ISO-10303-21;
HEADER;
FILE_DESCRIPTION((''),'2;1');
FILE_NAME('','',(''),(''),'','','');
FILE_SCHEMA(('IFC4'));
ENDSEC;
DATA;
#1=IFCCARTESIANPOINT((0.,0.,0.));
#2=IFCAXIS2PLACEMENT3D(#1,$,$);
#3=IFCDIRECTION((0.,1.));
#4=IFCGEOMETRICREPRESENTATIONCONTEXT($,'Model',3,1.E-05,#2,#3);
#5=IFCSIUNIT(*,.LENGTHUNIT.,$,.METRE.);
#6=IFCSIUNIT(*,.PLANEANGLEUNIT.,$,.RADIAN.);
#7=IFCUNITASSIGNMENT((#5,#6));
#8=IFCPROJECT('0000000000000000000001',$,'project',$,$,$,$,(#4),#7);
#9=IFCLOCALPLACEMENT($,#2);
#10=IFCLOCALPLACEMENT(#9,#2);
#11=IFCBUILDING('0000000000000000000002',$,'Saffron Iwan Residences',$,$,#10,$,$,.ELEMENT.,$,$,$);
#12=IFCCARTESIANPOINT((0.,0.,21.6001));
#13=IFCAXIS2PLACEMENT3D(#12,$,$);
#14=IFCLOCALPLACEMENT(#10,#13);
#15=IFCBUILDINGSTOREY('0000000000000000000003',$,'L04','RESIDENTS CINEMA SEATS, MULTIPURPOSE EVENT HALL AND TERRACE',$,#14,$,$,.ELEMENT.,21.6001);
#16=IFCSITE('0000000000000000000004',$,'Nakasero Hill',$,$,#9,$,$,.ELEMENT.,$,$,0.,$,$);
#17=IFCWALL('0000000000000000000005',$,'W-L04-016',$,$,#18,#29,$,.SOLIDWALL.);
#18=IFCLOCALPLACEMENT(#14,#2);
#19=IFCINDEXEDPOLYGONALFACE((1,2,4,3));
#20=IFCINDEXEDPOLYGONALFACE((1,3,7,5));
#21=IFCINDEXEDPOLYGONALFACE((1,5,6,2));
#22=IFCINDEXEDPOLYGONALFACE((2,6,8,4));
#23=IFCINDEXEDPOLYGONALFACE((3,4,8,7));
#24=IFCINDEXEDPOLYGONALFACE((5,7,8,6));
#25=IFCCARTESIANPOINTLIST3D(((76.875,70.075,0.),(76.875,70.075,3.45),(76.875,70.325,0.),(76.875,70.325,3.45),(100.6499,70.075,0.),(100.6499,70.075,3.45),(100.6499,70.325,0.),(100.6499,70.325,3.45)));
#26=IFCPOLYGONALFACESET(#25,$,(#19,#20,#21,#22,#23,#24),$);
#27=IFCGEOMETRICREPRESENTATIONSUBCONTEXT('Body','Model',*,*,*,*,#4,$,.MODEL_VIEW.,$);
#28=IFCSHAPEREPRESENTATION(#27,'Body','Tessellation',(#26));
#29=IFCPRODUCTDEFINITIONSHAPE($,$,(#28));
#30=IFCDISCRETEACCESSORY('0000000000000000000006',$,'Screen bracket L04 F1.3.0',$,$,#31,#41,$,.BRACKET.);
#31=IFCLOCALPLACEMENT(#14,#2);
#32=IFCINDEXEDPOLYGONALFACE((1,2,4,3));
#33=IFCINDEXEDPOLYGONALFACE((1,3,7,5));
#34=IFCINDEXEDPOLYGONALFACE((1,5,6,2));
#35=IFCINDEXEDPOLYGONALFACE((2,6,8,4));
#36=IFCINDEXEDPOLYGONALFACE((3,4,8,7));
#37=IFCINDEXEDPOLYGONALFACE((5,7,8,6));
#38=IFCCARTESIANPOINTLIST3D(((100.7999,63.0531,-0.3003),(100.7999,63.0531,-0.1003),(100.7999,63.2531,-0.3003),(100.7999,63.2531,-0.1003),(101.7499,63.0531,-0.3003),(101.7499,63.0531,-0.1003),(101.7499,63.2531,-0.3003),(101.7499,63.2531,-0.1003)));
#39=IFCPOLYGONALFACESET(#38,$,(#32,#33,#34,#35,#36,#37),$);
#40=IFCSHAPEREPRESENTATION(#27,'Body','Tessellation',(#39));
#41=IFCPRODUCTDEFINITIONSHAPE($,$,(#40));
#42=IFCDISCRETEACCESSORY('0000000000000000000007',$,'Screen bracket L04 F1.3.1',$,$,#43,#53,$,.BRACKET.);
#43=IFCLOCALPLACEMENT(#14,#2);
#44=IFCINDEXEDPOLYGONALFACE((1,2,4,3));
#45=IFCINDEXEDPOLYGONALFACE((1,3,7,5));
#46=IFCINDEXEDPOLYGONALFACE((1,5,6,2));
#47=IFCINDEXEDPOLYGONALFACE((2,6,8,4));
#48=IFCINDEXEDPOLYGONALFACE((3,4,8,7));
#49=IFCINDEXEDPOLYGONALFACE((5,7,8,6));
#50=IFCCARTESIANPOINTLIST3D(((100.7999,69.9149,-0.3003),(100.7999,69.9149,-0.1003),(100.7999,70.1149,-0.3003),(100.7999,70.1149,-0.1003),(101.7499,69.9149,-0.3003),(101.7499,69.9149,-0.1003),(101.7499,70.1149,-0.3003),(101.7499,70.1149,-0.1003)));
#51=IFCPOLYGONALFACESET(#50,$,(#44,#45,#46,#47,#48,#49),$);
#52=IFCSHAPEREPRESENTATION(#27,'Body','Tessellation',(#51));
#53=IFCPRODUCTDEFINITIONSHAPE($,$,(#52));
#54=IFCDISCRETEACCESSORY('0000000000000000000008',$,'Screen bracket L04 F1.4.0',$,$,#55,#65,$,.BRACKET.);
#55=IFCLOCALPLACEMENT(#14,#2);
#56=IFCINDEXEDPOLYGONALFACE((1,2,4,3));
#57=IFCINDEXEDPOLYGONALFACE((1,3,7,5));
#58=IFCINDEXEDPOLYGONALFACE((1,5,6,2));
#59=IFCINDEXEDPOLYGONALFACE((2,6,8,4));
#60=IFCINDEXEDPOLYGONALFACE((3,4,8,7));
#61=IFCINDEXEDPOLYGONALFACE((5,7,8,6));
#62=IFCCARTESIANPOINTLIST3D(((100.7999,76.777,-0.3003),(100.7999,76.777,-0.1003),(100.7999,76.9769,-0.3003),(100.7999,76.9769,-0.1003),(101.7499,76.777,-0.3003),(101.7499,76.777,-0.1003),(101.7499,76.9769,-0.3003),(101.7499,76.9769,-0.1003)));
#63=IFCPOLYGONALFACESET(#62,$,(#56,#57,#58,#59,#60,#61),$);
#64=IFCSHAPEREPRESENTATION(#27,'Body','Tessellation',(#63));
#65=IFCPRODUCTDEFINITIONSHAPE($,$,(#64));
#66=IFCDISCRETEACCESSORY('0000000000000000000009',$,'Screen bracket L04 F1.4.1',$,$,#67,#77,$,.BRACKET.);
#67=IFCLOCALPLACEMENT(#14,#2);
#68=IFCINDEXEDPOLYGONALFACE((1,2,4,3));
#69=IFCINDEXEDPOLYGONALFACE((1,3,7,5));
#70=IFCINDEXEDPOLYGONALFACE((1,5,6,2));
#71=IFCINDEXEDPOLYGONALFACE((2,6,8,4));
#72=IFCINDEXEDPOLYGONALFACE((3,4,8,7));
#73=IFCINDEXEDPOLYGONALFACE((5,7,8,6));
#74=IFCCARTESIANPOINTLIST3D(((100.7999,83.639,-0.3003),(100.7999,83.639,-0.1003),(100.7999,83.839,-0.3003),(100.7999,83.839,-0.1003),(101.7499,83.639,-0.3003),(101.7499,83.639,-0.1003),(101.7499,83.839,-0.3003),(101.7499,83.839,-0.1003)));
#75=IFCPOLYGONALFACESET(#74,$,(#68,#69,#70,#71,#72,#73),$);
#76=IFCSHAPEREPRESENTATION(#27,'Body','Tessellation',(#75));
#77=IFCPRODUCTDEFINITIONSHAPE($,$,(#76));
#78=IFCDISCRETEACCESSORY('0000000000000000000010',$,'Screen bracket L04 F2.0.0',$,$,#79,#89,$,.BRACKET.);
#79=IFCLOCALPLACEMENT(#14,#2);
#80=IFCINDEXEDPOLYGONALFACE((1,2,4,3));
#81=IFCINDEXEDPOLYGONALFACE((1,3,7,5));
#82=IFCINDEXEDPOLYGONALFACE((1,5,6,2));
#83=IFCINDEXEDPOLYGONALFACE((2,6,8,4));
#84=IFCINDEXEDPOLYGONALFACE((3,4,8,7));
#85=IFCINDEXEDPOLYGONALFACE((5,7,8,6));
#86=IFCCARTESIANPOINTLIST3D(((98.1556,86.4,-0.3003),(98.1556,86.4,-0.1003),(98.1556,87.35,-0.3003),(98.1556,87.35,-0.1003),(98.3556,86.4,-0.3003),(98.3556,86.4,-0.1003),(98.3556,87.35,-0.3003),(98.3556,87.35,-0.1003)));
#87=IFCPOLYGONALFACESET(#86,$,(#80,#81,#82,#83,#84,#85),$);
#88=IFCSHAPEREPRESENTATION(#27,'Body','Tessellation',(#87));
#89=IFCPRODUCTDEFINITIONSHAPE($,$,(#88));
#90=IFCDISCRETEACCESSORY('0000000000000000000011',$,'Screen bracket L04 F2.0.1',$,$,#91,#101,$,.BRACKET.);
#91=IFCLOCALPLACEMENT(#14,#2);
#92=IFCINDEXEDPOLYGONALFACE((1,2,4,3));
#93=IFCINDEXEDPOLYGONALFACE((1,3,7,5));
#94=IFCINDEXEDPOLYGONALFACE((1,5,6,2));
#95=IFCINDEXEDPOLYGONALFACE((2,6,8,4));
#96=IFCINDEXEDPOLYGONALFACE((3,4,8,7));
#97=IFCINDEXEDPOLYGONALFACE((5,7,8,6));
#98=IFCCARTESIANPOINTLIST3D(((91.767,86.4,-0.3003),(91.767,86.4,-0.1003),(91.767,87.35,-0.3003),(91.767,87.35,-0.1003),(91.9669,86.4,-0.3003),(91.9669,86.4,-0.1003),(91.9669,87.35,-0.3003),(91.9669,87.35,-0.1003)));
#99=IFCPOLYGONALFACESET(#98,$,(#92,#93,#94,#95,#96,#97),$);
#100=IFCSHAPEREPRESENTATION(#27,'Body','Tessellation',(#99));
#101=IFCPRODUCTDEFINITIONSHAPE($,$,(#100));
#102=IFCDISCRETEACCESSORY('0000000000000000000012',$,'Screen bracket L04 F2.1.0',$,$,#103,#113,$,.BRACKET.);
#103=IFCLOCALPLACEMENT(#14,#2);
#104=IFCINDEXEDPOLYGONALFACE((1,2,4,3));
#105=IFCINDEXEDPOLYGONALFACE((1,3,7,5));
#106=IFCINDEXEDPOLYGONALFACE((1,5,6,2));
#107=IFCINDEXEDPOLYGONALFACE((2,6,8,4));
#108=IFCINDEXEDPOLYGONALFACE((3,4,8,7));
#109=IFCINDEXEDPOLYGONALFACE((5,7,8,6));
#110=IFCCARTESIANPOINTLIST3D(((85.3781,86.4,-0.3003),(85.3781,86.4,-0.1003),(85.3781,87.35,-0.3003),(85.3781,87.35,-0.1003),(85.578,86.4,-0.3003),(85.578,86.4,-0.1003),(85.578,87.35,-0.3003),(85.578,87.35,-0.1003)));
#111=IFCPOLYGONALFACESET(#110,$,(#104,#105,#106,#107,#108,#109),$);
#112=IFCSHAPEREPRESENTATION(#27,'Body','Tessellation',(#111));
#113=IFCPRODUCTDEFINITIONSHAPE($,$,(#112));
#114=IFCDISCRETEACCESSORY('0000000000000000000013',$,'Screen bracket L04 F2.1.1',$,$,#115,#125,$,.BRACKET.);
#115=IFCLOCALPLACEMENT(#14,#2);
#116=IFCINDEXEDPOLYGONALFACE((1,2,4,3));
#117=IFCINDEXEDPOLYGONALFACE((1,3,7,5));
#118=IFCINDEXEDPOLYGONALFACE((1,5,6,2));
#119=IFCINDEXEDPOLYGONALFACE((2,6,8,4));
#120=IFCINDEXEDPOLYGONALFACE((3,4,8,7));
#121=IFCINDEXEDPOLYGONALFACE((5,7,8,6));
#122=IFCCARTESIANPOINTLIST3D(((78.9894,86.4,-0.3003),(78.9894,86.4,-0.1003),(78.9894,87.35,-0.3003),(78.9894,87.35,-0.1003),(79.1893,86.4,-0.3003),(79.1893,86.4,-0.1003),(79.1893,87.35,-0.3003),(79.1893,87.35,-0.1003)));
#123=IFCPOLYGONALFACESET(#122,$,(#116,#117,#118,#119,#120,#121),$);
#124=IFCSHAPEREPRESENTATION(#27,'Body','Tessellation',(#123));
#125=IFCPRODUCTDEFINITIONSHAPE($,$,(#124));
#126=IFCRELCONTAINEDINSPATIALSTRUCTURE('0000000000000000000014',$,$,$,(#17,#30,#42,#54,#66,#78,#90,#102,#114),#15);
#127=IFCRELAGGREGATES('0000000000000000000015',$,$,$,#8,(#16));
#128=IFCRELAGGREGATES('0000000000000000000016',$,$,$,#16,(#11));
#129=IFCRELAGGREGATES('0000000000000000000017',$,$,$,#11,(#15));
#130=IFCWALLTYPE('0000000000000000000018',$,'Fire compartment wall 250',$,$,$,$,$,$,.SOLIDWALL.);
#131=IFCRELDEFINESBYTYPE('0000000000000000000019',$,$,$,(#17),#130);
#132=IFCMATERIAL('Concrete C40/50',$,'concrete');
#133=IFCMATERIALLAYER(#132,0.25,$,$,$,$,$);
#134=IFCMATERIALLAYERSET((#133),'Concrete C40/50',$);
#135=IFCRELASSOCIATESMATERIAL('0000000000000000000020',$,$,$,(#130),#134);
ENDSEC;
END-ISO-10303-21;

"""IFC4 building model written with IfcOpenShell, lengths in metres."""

from ifc_helpers import new_model, si_unit, direction, frame, frame_2d, origin, origin_2d, place, context, subcontext, project, spatial, rectangle, extrude, source, transform, mapped, material, layer, layer_set, type_object, element, save


model = new_model("IFC4")

# Units and contexts
model_context = context("Model", 3, precision=1e-05, world=origin(), true_north=direction((0.0, 1.0)))
body_context = subcontext(model_context, "Body", "Model", "MODEL_VIEW")
ifc_project = project(units=[si_unit("LENGTHUNIT", "METRE"), si_unit("PLANEANGLEUNIT", "RADIAN")], contexts=[model_context])

# Site, building, storey
site_placement = place(None, origin())
site = spatial("IfcSite", under=ifc_project, at=site_placement, Name="Nakasero Hill", CompositionType="ELEMENT", RefElevation=0.0)
building_placement = place(site_placement, origin())
building = spatial("IfcBuilding", under=site, at=building_placement, Name="Saffron Iwan Residences", CompositionType="ELEMENT")
storey_placement = place(building_placement, frame((0.0, 0.0, 21.6001)))
storey = spatial("IfcBuildingStorey", under=building, at=storey_placement, Name="L04", Description="RESIDENTS CINEMA SEATS, MULTIPURPOSE EVENT HALL AND TERRACE", CompositionType="ELEMENT", Elevation=21.6001)

# Wall
ifc_material_1 = material(Name="Concrete C40/50", Category="concrete")
ifc_layer_1 = layer(ifc_material_1, 0.25)
ifc_layer_set_1 = layer_set([ifc_layer_1], Name="Concrete C40/50")
wall_type = type_object("IfcWallType", Name="Fire compartment wall 250", PredefinedType="SOLIDWALL", material=ifc_layer_set_1)
wall_placement = place(storey_placement, frame((76.875, 70.2, 0.0), z_axis=(0.0, 0.0, 1.0), x_axis=(1.0, 0.0, 0.0)))
element("IfcWall", 1, at=wall_placement, inside=storey, type_object=wall_type, Name="W-L04-016", PredefinedType="SOLIDWALL", context=body_context, shape_type="SweptSolid", body=[
    extrude(rectangle(XDim=23.7749, YDim=0.25, at=frame_2d((11.8875, 0.0))), origin(), (0.0, 0.0, 1.0), 3.45),
])

# Discrete accessories
shared_shape_1 = source(origin(), body_context, "Body", "SweptSolid", [
    extrude(rectangle(XDim=0.95, YDim=0.2, at=origin_2d()), origin(), (0.0, 0.0, 1.0), 0.2),
])
for number, where, z_axis, x_axis, name in (
    (2, (101.2749, 63.1531, -0.3003), (0.0, 0.0, 1.0), (1.0, 0.0, 0.0), "Screen bracket L04 F1.3.0"),
    (3, (101.2749, 70.0149, -0.3003), (0.0, 0.0, 1.0), (1.0, 0.0, 0.0), "Screen bracket L04 F1.3.1"),
    (4, (101.2749, 76.877, -0.3003), (0.0, 0.0, 1.0), (1.0, 0.0, 0.0), "Screen bracket L04 F1.4.0"),
    (5, (101.2749, 83.739, -0.3003), (0.0, 0.0, 1.0), (1.0, 0.0, 0.0), "Screen bracket L04 F1.4.1"),
    (6, (98.2556, 86.875, -0.3003), (0.0, 0.0, 1.0), (0.0, 1.0, 0.0), "Screen bracket L04 F2.0.0"),
    (7, (91.8669, 86.875, -0.3003), (0.0, 0.0, 1.0), (0.0, 1.0, 0.0), "Screen bracket L04 F2.0.1"),
    (8, (85.478, 86.875, -0.3003), (0.0, 0.0, 1.0), (0.0, 1.0, 0.0), "Screen bracket L04 F2.1.0"),
    (9, (79.0894, 86.875, -0.3003), (0.0, 0.0, 1.0), (0.0, 1.0, 0.0), "Screen bracket L04 F2.1.1"),
):
    element("IfcDiscreteAccessory", number, at=place(storey_placement, frame(where, z_axis=z_axis, x_axis=x_axis)), inside=storey, Name=name, PredefinedType="BRACKET", context=body_context, shape_type="MappedRepresentation", body=[
        mapped(shared_shape_1, transform((0.0, 0.0, 0.0))),
    ])

save(model, "model.ifc")
